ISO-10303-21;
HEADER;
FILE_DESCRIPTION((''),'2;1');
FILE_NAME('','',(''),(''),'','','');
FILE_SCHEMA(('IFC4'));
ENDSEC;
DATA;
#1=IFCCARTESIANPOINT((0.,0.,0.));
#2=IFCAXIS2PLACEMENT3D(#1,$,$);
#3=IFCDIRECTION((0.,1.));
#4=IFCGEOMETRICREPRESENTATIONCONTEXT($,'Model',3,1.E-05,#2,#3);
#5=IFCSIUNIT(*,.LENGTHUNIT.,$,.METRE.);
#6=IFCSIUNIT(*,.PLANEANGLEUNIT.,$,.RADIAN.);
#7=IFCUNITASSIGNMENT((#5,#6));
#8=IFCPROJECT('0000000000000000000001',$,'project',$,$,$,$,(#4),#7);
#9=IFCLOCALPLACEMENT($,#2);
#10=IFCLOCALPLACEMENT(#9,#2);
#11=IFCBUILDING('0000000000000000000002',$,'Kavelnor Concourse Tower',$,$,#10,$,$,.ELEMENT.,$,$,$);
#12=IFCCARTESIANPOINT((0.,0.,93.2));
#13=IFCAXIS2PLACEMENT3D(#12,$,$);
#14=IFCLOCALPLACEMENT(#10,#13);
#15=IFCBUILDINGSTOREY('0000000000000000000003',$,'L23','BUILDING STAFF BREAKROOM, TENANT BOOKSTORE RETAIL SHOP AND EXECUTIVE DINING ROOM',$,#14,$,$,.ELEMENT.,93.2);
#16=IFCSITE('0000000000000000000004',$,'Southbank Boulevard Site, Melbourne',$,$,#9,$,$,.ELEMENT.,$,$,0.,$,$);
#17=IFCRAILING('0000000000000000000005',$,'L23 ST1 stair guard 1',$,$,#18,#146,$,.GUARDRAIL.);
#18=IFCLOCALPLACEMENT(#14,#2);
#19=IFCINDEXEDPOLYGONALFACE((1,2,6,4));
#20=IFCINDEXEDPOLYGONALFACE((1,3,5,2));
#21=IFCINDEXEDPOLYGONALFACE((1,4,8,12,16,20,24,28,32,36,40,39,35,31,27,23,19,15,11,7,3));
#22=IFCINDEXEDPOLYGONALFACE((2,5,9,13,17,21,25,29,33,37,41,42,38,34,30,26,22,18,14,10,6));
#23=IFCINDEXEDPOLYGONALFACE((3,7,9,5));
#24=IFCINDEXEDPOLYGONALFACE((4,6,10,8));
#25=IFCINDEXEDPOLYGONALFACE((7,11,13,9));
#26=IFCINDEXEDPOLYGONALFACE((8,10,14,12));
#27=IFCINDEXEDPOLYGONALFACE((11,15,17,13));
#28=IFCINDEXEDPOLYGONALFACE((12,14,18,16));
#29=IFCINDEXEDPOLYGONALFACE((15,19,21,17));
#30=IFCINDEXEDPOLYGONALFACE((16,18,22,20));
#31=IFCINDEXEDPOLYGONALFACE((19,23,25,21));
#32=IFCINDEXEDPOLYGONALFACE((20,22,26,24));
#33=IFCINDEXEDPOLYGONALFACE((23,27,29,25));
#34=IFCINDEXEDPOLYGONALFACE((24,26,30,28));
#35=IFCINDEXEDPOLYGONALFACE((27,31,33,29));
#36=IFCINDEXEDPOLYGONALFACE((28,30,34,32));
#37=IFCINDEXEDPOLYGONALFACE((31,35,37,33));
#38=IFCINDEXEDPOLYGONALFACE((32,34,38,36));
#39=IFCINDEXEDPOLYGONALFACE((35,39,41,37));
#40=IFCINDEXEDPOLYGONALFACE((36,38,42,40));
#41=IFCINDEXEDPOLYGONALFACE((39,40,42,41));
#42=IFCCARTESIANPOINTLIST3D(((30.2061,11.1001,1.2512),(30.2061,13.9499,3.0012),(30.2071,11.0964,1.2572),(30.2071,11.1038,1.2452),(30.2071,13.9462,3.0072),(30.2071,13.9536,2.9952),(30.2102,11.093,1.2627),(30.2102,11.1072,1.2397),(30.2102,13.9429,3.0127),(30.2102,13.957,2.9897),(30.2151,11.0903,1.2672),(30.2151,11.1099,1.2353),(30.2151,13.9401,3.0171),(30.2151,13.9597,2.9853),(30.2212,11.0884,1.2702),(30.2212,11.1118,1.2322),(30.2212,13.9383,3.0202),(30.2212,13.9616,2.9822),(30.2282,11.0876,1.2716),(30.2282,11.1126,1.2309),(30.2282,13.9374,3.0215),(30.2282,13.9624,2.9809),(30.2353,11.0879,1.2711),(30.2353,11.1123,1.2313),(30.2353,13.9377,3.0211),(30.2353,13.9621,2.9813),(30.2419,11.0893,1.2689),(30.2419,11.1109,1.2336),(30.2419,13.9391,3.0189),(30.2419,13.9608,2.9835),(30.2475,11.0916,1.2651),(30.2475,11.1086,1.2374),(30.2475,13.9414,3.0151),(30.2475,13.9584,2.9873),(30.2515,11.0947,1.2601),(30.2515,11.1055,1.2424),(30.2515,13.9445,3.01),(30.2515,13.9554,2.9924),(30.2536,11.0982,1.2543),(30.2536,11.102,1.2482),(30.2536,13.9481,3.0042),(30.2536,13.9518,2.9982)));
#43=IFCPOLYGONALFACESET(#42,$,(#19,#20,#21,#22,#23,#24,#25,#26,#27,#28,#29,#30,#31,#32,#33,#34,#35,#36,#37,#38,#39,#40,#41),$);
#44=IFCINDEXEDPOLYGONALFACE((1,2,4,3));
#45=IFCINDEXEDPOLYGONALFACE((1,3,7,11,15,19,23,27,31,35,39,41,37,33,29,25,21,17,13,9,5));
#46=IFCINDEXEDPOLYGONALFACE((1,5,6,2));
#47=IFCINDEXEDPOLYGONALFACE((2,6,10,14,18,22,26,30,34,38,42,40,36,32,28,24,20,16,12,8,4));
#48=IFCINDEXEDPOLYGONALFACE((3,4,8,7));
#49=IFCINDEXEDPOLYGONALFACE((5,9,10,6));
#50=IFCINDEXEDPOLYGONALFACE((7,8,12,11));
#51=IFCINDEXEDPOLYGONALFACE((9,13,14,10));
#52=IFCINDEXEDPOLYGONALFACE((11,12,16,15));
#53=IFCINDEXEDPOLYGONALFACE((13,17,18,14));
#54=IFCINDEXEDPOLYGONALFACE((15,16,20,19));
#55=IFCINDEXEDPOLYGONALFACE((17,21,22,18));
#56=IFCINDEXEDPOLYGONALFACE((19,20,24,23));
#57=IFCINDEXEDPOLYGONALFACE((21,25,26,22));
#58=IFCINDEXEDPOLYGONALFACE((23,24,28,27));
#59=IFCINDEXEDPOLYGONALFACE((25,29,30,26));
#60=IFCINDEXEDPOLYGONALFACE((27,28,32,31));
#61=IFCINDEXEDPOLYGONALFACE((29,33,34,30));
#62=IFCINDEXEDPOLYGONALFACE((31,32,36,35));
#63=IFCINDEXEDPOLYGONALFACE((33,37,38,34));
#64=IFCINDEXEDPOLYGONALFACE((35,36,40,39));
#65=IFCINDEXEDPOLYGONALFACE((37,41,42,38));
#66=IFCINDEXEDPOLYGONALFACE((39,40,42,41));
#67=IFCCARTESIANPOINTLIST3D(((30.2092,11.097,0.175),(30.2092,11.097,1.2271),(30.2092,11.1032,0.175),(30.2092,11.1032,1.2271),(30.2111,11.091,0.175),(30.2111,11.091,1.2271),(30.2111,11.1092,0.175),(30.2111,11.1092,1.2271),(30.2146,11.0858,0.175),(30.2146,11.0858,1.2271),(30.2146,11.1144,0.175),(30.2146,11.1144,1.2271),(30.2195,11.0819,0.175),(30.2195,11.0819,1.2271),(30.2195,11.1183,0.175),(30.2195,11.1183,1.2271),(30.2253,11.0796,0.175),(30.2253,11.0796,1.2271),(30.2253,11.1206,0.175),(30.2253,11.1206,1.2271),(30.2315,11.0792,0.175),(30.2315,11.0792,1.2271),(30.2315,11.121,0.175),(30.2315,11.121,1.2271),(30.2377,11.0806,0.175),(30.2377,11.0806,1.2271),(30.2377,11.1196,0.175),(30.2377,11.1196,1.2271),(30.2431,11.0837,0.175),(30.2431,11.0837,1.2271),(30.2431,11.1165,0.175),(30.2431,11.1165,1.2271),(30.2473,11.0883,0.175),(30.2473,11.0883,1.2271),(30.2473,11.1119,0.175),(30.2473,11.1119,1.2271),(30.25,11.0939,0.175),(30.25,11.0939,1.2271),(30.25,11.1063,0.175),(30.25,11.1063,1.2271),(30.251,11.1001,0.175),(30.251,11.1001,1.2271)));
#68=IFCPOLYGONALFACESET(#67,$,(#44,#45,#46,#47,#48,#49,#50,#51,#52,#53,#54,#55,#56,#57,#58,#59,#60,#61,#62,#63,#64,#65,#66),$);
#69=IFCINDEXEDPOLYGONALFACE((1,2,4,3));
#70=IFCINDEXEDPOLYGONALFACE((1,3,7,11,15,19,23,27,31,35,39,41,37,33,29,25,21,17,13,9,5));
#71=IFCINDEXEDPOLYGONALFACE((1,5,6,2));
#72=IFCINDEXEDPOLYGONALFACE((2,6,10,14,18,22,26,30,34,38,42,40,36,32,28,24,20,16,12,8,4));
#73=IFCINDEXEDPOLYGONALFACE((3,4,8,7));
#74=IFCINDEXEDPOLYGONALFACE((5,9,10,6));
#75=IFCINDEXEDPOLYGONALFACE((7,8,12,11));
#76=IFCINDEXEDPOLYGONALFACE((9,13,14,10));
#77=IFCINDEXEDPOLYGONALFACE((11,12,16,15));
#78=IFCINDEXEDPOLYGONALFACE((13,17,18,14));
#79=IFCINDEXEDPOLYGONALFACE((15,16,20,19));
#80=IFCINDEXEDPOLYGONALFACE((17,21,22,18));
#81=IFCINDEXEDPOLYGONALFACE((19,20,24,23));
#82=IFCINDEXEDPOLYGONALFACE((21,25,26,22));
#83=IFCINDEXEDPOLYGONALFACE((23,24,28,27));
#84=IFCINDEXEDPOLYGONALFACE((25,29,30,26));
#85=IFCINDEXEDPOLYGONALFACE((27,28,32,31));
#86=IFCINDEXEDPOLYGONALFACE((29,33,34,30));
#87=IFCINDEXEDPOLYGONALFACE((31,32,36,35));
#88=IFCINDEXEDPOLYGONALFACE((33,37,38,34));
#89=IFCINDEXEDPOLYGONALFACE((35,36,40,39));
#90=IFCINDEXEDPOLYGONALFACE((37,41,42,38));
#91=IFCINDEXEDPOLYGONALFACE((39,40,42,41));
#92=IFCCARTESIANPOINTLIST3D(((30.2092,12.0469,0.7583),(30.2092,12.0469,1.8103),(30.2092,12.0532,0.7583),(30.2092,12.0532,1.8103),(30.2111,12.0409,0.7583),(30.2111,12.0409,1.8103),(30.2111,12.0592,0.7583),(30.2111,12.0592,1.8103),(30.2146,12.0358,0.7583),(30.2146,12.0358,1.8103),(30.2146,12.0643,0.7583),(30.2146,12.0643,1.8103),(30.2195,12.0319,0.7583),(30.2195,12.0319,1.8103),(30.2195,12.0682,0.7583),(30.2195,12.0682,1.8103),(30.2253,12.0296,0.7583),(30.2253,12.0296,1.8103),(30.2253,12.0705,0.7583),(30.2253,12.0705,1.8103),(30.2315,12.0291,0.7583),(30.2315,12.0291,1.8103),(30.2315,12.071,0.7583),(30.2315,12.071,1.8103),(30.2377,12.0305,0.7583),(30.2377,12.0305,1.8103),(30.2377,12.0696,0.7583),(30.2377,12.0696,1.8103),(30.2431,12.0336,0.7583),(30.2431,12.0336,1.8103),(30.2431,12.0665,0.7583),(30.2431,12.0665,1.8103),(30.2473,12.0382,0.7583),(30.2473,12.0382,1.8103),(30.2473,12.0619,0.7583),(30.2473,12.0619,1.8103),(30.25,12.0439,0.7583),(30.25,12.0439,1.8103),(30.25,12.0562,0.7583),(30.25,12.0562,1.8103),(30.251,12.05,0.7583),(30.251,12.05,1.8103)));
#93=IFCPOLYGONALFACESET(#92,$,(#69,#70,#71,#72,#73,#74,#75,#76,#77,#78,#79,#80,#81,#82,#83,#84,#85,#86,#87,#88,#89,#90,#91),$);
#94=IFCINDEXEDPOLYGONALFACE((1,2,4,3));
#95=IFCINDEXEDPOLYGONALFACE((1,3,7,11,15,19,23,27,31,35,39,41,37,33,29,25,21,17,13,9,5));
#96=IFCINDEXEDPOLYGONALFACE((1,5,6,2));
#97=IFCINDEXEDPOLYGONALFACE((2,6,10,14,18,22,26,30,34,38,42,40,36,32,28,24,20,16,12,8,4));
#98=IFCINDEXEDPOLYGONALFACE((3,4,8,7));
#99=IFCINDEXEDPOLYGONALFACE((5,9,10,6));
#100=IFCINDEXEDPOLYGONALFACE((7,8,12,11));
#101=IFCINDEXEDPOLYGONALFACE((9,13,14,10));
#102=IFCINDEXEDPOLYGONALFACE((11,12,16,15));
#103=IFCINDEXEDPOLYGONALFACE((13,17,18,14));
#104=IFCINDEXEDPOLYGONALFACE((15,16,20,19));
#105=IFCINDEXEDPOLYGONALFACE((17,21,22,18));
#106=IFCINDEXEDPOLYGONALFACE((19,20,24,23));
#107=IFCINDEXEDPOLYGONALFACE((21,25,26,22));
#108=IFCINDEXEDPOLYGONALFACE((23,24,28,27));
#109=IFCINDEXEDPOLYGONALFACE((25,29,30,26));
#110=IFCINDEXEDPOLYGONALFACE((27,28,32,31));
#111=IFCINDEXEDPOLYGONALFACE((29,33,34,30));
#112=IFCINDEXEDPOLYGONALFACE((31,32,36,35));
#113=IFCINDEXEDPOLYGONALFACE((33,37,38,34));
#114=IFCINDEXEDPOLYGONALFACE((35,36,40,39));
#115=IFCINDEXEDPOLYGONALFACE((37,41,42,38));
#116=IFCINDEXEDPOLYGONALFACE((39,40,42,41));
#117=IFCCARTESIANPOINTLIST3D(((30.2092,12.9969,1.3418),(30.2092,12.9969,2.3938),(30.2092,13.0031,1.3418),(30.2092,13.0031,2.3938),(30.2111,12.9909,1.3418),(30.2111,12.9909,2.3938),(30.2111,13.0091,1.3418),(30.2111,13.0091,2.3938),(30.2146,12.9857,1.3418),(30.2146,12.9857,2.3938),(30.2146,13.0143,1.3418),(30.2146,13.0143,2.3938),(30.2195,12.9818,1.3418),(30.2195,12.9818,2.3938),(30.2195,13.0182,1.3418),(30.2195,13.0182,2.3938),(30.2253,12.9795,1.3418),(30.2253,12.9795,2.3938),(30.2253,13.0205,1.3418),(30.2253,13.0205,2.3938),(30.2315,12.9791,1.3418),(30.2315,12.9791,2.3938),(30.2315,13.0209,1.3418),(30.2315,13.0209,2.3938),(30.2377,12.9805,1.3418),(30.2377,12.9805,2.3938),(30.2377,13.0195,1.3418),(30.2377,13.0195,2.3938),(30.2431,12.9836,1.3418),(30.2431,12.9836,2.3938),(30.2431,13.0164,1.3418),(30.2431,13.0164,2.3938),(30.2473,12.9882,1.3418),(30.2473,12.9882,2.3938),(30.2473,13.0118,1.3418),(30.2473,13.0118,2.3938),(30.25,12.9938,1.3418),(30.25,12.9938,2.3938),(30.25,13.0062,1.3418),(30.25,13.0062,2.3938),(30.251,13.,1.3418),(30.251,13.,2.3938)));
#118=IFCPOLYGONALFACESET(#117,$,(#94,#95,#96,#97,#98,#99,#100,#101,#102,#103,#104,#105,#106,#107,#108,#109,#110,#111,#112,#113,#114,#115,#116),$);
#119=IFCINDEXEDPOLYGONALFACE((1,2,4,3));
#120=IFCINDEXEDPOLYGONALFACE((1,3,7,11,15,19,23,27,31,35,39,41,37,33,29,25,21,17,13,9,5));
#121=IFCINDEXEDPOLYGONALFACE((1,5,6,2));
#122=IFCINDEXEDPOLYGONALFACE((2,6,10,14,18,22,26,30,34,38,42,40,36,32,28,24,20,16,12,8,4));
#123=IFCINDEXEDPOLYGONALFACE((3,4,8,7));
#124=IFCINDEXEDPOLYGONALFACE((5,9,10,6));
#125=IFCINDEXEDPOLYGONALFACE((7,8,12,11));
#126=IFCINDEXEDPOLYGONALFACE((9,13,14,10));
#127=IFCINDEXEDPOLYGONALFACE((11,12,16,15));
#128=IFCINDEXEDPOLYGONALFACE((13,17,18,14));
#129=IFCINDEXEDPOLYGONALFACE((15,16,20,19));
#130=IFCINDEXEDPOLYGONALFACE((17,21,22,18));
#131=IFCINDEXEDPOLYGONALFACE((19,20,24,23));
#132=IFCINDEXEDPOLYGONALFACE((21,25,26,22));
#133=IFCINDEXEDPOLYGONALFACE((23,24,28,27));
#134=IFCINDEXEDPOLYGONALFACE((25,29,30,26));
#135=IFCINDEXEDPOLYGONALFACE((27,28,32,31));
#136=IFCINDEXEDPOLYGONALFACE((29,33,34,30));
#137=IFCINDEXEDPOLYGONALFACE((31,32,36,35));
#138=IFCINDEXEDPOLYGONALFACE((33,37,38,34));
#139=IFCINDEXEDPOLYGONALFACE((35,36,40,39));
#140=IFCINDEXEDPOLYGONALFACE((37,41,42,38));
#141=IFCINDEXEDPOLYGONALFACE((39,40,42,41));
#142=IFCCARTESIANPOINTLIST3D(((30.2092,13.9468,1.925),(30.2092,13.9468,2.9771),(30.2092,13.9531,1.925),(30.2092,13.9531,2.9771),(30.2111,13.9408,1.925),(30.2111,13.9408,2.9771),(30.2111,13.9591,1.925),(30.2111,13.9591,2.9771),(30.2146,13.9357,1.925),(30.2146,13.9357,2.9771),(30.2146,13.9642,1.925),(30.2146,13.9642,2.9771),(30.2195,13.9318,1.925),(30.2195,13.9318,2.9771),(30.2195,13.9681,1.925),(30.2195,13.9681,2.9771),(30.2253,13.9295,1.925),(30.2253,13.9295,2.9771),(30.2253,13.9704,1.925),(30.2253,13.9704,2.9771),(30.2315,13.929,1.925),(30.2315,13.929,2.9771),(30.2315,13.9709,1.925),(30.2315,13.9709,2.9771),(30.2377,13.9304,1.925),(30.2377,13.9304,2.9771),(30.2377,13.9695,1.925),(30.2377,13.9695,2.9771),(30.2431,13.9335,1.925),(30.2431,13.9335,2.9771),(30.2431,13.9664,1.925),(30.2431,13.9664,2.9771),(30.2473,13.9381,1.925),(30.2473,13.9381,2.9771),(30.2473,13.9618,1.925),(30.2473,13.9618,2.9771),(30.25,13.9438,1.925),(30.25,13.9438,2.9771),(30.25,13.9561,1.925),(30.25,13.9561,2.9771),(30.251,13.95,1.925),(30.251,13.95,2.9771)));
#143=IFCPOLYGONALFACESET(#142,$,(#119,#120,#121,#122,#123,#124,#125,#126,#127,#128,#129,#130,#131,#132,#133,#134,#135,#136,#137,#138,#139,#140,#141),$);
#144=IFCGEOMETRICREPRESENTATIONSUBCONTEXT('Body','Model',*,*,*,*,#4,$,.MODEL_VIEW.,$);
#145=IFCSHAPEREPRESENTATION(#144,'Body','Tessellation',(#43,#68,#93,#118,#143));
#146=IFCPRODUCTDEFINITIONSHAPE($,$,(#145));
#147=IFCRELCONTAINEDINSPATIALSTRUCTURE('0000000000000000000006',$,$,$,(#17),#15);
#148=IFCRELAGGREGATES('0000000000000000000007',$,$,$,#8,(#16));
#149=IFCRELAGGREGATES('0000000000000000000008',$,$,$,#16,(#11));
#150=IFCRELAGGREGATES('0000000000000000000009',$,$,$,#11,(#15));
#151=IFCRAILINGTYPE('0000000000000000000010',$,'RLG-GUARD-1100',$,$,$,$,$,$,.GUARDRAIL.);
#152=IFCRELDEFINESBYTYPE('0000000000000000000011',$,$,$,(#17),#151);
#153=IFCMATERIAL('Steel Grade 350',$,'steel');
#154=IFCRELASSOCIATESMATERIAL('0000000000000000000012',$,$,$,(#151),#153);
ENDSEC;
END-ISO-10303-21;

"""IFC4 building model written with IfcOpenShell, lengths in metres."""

from ifc_helpers import new_model, si_unit, direction, frame, origin, origin_2d, place, context, subcontext, project, spatial, circle, extrude, material, type_object, element, save


model = new_model("IFC4")

# Units and contexts
model_context = context("Model", 3, precision=1e-05, world=origin(), true_north=direction((0.0, 1.0)))
body_context = subcontext(model_context, "Body", "Model", "MODEL_VIEW")
ifc_project = project(units=[si_unit("LENGTHUNIT", "METRE"), si_unit("PLANEANGLEUNIT", "RADIAN")], contexts=[model_context])

# Site, building, storey
site_placement = place(None, origin())
site = spatial("IfcSite", under=ifc_project, at=site_placement, Name="Southbank Boulevard Site, Melbourne", CompositionType="ELEMENT", RefElevation=0.0)
building_placement = place(site_placement, origin())
building = spatial("IfcBuilding", under=site, at=building_placement, Name="Kavelnor Concourse Tower", CompositionType="ELEMENT")
storey_placement = place(building_placement, frame((0.0, 0.0, 93.2)))
storey = spatial("IfcBuildingStorey", under=building, at=storey_placement, Name="L23", Description="BUILDING STAFF BREAKROOM, TENANT BOOKSTORE RETAIL SHOP AND EXECUTIVE DINING ROOM", CompositionType="ELEMENT", Elevation=93.2)

# Shared definitions
ifc_material_1 = material(Name="Steel Grade 350", Category="steel")

# Railing
railing_type_1 = type_object("IfcRailingType", Name="RLG-GUARD-1100", PredefinedType="GUARDRAIL", material=ifc_material_1)
railing_1_placement = place(storey_placement, frame((30.23, 11.1001, 0.175)))
element("IfcRailing", 1, at=railing_1_placement, inside=storey, type_object=railing_type_1, Name="L23 ST1 stair guard 1", PredefinedType="GUARDRAIL", context=body_context, shape_type="SweptSolid", body=[
    extrude(circle(Radius=0.0239, at=origin_2d()), frame((0.0, 0.0, 1.0762), z_axis=(0.0, 0.852159, 0.523283), x_axis=(-1.0, 0.0, 0.0)), (0.0, 0.0, 1.0), 3.3442),
    extrude(circle(Radius=0.021, at=origin_2d()), origin(), (0.0, 0.0, 1.0), 1.052),
    extrude(circle(Radius=0.021, at=origin_2d()), frame((0.0, 0.95, 0.5833)), (0.0, 0.0, 1.0), 1.052),
    extrude(circle(Radius=0.021, at=origin_2d()), frame((0.0, 1.8999, 1.1667)), (0.0, 0.0, 1.0), 1.052),
    extrude(circle(Radius=0.021, at=origin_2d()), frame((0.0, 2.8499, 1.75)), (0.0, 0.0, 1.0), 1.052),
])

save(model, "model.ifc")
